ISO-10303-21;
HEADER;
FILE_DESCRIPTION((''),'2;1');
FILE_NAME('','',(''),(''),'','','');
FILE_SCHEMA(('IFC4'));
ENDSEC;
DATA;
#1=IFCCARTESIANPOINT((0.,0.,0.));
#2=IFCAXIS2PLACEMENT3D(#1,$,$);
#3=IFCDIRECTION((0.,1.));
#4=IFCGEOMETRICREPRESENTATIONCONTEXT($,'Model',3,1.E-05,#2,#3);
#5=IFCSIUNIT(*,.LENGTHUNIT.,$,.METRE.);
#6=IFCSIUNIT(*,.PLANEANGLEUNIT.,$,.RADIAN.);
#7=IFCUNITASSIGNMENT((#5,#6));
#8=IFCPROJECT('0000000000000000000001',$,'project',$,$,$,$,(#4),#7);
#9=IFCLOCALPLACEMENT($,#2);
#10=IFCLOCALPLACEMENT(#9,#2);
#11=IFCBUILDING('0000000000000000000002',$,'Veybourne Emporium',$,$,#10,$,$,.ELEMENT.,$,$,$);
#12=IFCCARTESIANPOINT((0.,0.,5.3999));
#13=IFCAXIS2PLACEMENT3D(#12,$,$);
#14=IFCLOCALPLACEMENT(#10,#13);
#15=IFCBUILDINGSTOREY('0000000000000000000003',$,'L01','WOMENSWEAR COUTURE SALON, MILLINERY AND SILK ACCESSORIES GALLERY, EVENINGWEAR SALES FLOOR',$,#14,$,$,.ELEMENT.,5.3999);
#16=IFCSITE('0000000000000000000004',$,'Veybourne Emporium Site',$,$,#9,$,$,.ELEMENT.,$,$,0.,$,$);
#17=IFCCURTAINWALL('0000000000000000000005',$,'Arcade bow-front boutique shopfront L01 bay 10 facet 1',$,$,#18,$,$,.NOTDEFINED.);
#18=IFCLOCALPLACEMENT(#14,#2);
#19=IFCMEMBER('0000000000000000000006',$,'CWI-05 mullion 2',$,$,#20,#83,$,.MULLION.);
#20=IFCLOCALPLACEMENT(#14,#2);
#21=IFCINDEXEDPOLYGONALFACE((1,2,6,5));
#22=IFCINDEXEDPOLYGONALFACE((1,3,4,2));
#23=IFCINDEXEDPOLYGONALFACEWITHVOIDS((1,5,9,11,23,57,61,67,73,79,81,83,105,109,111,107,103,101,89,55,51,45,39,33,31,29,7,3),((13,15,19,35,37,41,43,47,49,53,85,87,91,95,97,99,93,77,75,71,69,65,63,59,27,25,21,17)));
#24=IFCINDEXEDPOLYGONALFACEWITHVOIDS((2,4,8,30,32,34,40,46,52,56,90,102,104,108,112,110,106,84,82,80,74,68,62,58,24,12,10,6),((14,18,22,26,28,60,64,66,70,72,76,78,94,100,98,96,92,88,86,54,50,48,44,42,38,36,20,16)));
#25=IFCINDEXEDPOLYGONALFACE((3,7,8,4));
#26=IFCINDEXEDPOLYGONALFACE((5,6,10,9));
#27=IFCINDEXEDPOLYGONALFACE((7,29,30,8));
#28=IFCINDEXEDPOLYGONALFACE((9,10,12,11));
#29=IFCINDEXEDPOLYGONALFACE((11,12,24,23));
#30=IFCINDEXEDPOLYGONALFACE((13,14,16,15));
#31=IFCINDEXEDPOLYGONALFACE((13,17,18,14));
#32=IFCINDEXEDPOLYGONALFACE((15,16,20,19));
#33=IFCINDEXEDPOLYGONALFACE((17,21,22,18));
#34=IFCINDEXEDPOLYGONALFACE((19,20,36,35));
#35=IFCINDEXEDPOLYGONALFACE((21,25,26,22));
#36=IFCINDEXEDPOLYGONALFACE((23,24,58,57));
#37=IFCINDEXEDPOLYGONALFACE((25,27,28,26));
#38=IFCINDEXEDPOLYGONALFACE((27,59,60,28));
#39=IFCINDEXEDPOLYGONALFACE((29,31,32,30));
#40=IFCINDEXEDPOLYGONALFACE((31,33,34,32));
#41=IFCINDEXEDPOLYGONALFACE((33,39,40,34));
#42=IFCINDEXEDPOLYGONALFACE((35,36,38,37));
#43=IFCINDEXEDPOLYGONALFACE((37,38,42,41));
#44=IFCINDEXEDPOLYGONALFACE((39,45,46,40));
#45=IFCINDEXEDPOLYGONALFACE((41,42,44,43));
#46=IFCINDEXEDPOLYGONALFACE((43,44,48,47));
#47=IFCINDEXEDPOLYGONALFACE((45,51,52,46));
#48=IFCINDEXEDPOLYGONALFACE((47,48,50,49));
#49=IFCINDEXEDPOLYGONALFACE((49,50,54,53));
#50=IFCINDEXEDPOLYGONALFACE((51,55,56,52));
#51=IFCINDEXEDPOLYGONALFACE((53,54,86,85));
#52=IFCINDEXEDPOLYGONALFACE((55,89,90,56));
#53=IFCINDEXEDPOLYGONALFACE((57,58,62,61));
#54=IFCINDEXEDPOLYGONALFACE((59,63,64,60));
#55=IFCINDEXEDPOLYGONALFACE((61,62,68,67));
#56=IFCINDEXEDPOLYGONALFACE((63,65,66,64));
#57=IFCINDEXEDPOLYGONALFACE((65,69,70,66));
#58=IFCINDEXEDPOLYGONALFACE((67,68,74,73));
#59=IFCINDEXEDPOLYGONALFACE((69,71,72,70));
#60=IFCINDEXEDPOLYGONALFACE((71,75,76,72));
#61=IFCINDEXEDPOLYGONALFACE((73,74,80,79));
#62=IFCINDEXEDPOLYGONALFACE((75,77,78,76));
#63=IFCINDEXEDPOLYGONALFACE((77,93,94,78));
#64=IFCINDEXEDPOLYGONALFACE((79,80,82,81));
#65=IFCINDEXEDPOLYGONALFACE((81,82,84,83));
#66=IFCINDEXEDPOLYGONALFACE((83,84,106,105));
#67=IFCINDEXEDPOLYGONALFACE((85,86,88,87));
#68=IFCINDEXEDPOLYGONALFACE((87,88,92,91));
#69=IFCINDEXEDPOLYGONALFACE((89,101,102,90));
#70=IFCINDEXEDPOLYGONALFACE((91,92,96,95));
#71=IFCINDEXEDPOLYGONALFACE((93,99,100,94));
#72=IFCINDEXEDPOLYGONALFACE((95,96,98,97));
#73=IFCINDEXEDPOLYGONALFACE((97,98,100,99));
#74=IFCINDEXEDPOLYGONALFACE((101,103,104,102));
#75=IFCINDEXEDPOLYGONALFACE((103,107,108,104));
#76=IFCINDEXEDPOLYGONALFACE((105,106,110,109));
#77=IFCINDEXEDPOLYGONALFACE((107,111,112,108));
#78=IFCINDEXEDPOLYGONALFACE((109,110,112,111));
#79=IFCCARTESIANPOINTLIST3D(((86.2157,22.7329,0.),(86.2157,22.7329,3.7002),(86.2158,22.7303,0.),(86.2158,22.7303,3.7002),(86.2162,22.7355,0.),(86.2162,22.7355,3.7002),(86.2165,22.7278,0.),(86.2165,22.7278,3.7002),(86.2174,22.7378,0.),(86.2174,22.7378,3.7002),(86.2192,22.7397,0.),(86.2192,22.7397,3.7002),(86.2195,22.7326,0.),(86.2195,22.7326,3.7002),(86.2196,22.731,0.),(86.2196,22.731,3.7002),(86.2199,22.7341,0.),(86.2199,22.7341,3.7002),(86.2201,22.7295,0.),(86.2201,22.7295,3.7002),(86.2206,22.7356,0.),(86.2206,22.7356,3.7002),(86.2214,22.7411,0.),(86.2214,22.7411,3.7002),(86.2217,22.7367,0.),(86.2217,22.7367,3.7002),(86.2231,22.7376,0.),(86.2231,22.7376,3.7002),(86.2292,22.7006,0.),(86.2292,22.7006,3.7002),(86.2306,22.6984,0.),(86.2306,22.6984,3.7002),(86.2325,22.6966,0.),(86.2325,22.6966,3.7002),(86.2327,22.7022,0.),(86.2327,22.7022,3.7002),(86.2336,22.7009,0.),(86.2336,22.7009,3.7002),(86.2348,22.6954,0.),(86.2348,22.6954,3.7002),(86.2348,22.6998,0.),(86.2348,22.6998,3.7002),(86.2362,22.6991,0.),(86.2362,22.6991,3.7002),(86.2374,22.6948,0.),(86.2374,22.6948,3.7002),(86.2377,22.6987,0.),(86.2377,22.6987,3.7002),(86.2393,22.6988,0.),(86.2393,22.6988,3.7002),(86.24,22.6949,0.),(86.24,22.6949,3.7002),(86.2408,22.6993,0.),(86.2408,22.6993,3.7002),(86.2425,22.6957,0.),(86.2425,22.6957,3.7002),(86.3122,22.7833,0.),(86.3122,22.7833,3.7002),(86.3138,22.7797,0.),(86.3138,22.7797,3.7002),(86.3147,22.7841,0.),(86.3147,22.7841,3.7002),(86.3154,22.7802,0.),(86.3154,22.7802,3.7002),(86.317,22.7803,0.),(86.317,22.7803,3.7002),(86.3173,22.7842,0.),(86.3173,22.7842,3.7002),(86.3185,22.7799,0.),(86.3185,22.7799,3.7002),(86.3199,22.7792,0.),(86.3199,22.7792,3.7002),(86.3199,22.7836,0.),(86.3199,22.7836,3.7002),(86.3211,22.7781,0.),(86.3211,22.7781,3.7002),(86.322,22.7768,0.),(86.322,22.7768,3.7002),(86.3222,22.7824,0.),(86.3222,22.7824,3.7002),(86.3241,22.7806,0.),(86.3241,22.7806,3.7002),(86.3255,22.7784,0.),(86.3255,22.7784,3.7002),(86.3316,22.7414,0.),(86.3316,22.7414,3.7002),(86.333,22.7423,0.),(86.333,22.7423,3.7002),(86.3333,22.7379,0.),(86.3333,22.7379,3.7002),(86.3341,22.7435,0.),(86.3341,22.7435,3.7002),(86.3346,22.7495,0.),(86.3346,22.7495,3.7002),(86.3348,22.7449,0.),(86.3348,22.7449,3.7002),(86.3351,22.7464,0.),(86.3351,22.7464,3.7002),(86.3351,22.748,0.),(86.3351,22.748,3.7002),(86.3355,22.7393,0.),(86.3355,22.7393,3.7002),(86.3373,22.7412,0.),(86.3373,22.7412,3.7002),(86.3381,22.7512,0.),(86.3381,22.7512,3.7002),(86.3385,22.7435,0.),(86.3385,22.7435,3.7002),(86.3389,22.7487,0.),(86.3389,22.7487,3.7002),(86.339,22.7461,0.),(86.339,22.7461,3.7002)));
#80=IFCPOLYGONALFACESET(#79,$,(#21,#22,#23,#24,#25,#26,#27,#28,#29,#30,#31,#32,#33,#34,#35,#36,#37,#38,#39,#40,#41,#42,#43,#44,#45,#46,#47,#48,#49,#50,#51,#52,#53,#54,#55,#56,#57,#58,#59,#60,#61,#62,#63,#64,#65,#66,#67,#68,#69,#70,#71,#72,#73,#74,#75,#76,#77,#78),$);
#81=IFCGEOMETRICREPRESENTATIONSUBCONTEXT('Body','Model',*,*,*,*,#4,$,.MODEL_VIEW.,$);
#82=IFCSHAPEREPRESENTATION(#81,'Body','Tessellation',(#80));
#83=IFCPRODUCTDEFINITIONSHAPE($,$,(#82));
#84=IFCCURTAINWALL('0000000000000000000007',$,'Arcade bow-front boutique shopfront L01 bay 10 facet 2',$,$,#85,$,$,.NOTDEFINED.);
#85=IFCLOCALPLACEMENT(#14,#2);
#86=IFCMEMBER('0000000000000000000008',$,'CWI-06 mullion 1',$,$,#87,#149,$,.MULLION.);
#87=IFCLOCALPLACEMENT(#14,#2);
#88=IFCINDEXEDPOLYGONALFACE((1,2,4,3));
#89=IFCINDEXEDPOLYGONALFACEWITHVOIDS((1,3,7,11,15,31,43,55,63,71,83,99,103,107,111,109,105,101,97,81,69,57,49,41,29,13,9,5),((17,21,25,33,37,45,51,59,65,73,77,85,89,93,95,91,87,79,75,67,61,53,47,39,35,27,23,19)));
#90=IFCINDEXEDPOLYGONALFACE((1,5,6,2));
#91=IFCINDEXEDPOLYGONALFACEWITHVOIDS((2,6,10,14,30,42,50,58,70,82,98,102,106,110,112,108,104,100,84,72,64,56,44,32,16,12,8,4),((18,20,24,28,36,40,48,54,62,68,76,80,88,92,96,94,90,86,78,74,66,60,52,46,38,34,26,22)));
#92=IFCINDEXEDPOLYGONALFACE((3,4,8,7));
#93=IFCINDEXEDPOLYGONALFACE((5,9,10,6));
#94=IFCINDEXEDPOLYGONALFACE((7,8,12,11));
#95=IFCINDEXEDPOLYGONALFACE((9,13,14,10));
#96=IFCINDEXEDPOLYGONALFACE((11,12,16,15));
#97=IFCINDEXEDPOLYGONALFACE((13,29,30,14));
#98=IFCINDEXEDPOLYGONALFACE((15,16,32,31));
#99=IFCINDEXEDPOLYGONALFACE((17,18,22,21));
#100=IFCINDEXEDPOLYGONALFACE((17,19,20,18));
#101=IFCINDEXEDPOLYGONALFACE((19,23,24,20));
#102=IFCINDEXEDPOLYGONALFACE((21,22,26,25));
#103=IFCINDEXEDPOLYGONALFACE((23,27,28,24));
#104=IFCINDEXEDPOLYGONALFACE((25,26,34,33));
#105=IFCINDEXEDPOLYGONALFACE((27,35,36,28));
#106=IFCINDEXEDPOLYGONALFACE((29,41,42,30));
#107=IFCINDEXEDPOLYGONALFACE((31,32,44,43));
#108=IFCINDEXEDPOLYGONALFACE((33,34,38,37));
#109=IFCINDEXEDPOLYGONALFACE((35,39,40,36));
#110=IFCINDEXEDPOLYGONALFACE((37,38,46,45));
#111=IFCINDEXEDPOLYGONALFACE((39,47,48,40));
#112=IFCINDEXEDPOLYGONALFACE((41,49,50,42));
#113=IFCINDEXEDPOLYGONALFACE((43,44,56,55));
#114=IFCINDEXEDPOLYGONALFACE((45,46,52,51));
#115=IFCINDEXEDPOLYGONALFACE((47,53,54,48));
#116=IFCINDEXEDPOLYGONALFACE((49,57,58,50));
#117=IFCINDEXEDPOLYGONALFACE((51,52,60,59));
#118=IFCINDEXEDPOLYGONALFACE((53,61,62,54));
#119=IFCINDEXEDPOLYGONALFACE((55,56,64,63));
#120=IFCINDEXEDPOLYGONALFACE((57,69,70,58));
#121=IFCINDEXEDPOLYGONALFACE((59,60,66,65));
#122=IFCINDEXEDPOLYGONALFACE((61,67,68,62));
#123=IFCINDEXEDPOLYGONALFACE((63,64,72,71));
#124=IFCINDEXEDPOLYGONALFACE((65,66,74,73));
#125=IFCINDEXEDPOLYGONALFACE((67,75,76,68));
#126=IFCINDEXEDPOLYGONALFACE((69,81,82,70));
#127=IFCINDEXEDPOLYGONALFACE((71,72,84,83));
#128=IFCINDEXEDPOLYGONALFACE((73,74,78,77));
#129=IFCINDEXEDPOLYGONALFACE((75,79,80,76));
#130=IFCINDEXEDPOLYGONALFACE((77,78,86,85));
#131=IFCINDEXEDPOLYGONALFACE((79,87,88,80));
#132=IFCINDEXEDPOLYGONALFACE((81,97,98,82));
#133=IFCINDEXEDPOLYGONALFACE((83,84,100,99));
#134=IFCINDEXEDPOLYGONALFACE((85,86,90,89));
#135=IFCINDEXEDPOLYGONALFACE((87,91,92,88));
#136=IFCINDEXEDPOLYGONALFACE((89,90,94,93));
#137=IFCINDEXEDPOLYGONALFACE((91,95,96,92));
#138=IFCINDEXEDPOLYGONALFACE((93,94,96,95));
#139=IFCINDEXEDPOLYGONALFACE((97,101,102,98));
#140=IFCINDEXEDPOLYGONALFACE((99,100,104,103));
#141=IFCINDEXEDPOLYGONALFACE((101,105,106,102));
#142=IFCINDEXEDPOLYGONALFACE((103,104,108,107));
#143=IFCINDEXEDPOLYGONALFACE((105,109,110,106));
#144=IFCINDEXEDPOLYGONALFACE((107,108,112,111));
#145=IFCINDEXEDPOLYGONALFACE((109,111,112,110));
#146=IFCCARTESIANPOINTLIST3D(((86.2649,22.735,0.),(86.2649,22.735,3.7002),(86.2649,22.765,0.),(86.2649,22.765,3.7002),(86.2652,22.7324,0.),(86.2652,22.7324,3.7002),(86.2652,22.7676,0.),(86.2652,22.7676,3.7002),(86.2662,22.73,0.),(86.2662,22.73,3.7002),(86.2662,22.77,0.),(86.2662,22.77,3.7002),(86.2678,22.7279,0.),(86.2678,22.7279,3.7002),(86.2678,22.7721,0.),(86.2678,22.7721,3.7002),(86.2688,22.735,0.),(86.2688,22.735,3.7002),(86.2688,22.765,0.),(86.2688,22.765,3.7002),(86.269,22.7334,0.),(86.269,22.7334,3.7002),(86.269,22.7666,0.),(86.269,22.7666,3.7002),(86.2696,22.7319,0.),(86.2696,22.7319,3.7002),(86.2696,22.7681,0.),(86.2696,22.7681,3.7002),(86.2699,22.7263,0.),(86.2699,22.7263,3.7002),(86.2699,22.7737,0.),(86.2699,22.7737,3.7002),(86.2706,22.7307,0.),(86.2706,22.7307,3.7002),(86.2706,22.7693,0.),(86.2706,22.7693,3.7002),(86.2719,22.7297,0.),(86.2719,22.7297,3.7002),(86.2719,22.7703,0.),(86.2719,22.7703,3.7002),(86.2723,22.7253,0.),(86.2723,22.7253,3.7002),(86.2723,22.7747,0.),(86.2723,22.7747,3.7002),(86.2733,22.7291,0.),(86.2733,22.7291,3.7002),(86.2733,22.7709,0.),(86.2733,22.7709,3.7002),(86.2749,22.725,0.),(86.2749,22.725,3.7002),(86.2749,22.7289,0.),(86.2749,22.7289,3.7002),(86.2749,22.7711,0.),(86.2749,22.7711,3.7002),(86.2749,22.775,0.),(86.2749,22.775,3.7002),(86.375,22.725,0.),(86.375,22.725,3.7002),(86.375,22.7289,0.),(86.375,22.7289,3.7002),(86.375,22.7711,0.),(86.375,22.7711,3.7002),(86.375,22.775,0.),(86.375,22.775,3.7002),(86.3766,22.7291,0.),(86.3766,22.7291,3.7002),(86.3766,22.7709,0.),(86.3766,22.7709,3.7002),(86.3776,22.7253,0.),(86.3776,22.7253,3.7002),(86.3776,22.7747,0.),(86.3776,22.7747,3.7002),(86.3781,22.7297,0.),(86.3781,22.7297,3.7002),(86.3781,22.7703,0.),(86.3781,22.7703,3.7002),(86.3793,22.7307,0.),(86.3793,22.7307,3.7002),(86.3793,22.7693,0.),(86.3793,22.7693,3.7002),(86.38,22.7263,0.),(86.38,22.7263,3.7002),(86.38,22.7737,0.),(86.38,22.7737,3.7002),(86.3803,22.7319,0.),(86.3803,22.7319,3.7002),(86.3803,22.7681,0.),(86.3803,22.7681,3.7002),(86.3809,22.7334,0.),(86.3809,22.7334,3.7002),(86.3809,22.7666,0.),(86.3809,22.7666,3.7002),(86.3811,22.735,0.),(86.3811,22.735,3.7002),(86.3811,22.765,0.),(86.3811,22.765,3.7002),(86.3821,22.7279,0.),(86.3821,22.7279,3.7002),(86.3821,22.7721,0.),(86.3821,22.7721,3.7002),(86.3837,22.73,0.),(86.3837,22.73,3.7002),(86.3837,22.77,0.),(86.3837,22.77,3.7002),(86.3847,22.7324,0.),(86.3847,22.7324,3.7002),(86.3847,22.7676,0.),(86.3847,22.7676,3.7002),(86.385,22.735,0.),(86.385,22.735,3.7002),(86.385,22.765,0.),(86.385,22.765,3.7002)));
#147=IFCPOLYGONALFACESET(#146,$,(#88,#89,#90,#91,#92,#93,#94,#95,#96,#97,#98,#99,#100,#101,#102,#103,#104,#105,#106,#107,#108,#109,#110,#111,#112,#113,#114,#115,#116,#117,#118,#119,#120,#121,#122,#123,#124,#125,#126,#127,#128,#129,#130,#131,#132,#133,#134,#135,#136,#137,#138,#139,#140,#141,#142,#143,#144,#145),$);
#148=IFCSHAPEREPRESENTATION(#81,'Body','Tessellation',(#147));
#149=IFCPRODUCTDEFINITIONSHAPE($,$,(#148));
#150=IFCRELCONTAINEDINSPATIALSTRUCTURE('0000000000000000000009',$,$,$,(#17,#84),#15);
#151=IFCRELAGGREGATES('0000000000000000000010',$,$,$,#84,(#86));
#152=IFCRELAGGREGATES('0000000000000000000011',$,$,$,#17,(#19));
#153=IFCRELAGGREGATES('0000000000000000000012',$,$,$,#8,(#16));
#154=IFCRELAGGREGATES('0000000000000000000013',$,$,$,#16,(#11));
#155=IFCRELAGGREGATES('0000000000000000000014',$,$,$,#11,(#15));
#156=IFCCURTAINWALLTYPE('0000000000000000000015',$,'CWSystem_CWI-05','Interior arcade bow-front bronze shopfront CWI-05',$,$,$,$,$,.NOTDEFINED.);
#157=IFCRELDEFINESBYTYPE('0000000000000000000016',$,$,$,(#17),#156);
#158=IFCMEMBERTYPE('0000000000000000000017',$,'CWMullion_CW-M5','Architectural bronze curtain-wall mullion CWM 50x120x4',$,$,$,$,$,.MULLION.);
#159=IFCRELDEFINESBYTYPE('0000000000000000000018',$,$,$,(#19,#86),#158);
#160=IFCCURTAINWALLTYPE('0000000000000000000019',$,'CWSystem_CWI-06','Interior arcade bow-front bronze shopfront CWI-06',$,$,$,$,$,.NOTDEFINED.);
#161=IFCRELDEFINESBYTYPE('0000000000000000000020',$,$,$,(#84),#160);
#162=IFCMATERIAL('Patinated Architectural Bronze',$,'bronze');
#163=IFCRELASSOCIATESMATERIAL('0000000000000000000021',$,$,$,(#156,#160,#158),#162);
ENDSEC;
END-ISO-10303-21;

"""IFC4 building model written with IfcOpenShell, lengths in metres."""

from ifc_helpers import new_model, si_unit, direction, frame, origin, origin_2d, place, context, subcontext, project, spatial, hollow_rectangle, extrude, material, material_profile, profile_set, type_object, element, aggregate, save


model = new_model("IFC4")

# Units and contexts
model_context = context("Model", 3, precision=1e-05, world=origin(), true_north=direction((0.0, 1.0)))
body_context = subcontext(model_context, "Body", "Model", "MODEL_VIEW")
ifc_project = project(units=[si_unit("LENGTHUNIT", "METRE"), si_unit("PLANEANGLEUNIT", "RADIAN")], contexts=[model_context])

# Site, building, storey
site_placement = place(None, origin())
site = spatial("IfcSite", under=ifc_project, at=site_placement, Name="Veybourne Emporium Site", CompositionType="ELEMENT", RefElevation=0.0)
building_placement = place(site_placement, origin())
building = spatial("IfcBuilding", under=site, at=building_placement, Name="Veybourne Emporium", CompositionType="ELEMENT")
storey_placement = place(building_placement, frame((0.0, 0.0, 5.3999)))
storey = spatial("IfcBuildingStorey", under=building, at=storey_placement, Name="L01", Description="WOMENSWEAR COUTURE SALON, MILLINERY AND SILK ACCESSORIES GALLERY, EVENINGWEAR SALES FLOOR", CompositionType="ELEMENT", Elevation=5.3999)

# Shared definitions
ifc_material_1 = material(Name="Patinated Architectural Bronze", Category="bronze")
curtain_wall_type_1 = type_object("IfcCurtainWallType", Name="CWSystem_CWI-05", Description="Interior arcade bow-front bronze shopfront CWI-05", PredefinedType="NOTDEFINED", material=ifc_material_1)
ifc_material_profile_1 = material_profile(ifc_material_1, hollow_rectangle(XDim=0.05, YDim=0.1201, WallThickness=0.0039, InnerFilletRadius=0.0061, OuterFilletRadius=0.01, at=origin_2d()), Name="CWM 50x120x4")
ifc_profile_set_1 = profile_set([ifc_material_profile_1], Name="Patinated Architectural Bronze")
member_type_1 = type_object("IfcMemberType", Name="CWMullion_CW-M5", Description="Architectural bronze curtain-wall mullion CWM 50x120x4", PredefinedType="MULLION", material=ifc_profile_set_1)

# Curtain wall, member
curtain_wall_type_2 = type_object("IfcCurtainWallType", Name="CWSystem_CWI-06", Description="Interior arcade bow-front bronze shopfront CWI-06", PredefinedType="NOTDEFINED", material=ifc_material_1)
curtain_wall_1_placement = place(storey_placement, origin())
curtain_wall_1 = element("IfcCurtainWall", 1, at=curtain_wall_1_placement, inside=storey, type_object=curtain_wall_type_1, Name="Arcade bow-front boutique shopfront L01 bay 10 facet 1", PredefinedType="NOTDEFINED")
member_1_placement = place(storey_placement, frame((86.2773, 22.7395, 0.0), z_axis=(0.0, 0.0, 1.0), x_axis=(-0.421111, 0.907009, 0.0)))
member_1 = element("IfcMember", 2, at=member_1_placement, type_object=member_type_1, Name="CWI-05 mullion 2", PredefinedType="MULLION", context=body_context, shape_type="SweptSolid", body=[
    extrude(hollow_rectangle(XDim=0.05, YDim=0.1201, WallThickness=0.0039, InnerFilletRadius=0.0061, OuterFilletRadius=0.01, at=origin_2d()), origin(), (0.0, 0.0, 1.0), 3.7002),
])

# Curtain wall, member
curtain_wall_2_placement = place(storey_placement, origin())
curtain_wall_2 = element("IfcCurtainWall", 3, at=curtain_wall_2_placement, inside=storey, type_object=curtain_wall_type_2, Name="Arcade bow-front boutique shopfront L01 bay 10 facet 2", PredefinedType="NOTDEFINED")
member_2_placement = place(storey_placement, frame((86.325, 22.75, 0.0), z_axis=(0.0, 0.0, 1.0), x_axis=(0.0, 1.0, 0.0)))
member_2 = element("IfcMember", 4, at=member_2_placement, type_object=member_type_1, Name="CWI-06 mullion 1", PredefinedType="MULLION", context=body_context, shape_type="SweptSolid", body=[
    extrude(hollow_rectangle(XDim=0.05, YDim=0.1201, WallThickness=0.0039, InnerFilletRadius=0.0061, OuterFilletRadius=0.01, at=origin_2d()), origin(), (0.0, 0.0, 1.0), 3.7002),
])
aggregate(curtain_wall_2, [member_2])

aggregate(curtain_wall_1, [member_1])

save(model, "model.ifc")
